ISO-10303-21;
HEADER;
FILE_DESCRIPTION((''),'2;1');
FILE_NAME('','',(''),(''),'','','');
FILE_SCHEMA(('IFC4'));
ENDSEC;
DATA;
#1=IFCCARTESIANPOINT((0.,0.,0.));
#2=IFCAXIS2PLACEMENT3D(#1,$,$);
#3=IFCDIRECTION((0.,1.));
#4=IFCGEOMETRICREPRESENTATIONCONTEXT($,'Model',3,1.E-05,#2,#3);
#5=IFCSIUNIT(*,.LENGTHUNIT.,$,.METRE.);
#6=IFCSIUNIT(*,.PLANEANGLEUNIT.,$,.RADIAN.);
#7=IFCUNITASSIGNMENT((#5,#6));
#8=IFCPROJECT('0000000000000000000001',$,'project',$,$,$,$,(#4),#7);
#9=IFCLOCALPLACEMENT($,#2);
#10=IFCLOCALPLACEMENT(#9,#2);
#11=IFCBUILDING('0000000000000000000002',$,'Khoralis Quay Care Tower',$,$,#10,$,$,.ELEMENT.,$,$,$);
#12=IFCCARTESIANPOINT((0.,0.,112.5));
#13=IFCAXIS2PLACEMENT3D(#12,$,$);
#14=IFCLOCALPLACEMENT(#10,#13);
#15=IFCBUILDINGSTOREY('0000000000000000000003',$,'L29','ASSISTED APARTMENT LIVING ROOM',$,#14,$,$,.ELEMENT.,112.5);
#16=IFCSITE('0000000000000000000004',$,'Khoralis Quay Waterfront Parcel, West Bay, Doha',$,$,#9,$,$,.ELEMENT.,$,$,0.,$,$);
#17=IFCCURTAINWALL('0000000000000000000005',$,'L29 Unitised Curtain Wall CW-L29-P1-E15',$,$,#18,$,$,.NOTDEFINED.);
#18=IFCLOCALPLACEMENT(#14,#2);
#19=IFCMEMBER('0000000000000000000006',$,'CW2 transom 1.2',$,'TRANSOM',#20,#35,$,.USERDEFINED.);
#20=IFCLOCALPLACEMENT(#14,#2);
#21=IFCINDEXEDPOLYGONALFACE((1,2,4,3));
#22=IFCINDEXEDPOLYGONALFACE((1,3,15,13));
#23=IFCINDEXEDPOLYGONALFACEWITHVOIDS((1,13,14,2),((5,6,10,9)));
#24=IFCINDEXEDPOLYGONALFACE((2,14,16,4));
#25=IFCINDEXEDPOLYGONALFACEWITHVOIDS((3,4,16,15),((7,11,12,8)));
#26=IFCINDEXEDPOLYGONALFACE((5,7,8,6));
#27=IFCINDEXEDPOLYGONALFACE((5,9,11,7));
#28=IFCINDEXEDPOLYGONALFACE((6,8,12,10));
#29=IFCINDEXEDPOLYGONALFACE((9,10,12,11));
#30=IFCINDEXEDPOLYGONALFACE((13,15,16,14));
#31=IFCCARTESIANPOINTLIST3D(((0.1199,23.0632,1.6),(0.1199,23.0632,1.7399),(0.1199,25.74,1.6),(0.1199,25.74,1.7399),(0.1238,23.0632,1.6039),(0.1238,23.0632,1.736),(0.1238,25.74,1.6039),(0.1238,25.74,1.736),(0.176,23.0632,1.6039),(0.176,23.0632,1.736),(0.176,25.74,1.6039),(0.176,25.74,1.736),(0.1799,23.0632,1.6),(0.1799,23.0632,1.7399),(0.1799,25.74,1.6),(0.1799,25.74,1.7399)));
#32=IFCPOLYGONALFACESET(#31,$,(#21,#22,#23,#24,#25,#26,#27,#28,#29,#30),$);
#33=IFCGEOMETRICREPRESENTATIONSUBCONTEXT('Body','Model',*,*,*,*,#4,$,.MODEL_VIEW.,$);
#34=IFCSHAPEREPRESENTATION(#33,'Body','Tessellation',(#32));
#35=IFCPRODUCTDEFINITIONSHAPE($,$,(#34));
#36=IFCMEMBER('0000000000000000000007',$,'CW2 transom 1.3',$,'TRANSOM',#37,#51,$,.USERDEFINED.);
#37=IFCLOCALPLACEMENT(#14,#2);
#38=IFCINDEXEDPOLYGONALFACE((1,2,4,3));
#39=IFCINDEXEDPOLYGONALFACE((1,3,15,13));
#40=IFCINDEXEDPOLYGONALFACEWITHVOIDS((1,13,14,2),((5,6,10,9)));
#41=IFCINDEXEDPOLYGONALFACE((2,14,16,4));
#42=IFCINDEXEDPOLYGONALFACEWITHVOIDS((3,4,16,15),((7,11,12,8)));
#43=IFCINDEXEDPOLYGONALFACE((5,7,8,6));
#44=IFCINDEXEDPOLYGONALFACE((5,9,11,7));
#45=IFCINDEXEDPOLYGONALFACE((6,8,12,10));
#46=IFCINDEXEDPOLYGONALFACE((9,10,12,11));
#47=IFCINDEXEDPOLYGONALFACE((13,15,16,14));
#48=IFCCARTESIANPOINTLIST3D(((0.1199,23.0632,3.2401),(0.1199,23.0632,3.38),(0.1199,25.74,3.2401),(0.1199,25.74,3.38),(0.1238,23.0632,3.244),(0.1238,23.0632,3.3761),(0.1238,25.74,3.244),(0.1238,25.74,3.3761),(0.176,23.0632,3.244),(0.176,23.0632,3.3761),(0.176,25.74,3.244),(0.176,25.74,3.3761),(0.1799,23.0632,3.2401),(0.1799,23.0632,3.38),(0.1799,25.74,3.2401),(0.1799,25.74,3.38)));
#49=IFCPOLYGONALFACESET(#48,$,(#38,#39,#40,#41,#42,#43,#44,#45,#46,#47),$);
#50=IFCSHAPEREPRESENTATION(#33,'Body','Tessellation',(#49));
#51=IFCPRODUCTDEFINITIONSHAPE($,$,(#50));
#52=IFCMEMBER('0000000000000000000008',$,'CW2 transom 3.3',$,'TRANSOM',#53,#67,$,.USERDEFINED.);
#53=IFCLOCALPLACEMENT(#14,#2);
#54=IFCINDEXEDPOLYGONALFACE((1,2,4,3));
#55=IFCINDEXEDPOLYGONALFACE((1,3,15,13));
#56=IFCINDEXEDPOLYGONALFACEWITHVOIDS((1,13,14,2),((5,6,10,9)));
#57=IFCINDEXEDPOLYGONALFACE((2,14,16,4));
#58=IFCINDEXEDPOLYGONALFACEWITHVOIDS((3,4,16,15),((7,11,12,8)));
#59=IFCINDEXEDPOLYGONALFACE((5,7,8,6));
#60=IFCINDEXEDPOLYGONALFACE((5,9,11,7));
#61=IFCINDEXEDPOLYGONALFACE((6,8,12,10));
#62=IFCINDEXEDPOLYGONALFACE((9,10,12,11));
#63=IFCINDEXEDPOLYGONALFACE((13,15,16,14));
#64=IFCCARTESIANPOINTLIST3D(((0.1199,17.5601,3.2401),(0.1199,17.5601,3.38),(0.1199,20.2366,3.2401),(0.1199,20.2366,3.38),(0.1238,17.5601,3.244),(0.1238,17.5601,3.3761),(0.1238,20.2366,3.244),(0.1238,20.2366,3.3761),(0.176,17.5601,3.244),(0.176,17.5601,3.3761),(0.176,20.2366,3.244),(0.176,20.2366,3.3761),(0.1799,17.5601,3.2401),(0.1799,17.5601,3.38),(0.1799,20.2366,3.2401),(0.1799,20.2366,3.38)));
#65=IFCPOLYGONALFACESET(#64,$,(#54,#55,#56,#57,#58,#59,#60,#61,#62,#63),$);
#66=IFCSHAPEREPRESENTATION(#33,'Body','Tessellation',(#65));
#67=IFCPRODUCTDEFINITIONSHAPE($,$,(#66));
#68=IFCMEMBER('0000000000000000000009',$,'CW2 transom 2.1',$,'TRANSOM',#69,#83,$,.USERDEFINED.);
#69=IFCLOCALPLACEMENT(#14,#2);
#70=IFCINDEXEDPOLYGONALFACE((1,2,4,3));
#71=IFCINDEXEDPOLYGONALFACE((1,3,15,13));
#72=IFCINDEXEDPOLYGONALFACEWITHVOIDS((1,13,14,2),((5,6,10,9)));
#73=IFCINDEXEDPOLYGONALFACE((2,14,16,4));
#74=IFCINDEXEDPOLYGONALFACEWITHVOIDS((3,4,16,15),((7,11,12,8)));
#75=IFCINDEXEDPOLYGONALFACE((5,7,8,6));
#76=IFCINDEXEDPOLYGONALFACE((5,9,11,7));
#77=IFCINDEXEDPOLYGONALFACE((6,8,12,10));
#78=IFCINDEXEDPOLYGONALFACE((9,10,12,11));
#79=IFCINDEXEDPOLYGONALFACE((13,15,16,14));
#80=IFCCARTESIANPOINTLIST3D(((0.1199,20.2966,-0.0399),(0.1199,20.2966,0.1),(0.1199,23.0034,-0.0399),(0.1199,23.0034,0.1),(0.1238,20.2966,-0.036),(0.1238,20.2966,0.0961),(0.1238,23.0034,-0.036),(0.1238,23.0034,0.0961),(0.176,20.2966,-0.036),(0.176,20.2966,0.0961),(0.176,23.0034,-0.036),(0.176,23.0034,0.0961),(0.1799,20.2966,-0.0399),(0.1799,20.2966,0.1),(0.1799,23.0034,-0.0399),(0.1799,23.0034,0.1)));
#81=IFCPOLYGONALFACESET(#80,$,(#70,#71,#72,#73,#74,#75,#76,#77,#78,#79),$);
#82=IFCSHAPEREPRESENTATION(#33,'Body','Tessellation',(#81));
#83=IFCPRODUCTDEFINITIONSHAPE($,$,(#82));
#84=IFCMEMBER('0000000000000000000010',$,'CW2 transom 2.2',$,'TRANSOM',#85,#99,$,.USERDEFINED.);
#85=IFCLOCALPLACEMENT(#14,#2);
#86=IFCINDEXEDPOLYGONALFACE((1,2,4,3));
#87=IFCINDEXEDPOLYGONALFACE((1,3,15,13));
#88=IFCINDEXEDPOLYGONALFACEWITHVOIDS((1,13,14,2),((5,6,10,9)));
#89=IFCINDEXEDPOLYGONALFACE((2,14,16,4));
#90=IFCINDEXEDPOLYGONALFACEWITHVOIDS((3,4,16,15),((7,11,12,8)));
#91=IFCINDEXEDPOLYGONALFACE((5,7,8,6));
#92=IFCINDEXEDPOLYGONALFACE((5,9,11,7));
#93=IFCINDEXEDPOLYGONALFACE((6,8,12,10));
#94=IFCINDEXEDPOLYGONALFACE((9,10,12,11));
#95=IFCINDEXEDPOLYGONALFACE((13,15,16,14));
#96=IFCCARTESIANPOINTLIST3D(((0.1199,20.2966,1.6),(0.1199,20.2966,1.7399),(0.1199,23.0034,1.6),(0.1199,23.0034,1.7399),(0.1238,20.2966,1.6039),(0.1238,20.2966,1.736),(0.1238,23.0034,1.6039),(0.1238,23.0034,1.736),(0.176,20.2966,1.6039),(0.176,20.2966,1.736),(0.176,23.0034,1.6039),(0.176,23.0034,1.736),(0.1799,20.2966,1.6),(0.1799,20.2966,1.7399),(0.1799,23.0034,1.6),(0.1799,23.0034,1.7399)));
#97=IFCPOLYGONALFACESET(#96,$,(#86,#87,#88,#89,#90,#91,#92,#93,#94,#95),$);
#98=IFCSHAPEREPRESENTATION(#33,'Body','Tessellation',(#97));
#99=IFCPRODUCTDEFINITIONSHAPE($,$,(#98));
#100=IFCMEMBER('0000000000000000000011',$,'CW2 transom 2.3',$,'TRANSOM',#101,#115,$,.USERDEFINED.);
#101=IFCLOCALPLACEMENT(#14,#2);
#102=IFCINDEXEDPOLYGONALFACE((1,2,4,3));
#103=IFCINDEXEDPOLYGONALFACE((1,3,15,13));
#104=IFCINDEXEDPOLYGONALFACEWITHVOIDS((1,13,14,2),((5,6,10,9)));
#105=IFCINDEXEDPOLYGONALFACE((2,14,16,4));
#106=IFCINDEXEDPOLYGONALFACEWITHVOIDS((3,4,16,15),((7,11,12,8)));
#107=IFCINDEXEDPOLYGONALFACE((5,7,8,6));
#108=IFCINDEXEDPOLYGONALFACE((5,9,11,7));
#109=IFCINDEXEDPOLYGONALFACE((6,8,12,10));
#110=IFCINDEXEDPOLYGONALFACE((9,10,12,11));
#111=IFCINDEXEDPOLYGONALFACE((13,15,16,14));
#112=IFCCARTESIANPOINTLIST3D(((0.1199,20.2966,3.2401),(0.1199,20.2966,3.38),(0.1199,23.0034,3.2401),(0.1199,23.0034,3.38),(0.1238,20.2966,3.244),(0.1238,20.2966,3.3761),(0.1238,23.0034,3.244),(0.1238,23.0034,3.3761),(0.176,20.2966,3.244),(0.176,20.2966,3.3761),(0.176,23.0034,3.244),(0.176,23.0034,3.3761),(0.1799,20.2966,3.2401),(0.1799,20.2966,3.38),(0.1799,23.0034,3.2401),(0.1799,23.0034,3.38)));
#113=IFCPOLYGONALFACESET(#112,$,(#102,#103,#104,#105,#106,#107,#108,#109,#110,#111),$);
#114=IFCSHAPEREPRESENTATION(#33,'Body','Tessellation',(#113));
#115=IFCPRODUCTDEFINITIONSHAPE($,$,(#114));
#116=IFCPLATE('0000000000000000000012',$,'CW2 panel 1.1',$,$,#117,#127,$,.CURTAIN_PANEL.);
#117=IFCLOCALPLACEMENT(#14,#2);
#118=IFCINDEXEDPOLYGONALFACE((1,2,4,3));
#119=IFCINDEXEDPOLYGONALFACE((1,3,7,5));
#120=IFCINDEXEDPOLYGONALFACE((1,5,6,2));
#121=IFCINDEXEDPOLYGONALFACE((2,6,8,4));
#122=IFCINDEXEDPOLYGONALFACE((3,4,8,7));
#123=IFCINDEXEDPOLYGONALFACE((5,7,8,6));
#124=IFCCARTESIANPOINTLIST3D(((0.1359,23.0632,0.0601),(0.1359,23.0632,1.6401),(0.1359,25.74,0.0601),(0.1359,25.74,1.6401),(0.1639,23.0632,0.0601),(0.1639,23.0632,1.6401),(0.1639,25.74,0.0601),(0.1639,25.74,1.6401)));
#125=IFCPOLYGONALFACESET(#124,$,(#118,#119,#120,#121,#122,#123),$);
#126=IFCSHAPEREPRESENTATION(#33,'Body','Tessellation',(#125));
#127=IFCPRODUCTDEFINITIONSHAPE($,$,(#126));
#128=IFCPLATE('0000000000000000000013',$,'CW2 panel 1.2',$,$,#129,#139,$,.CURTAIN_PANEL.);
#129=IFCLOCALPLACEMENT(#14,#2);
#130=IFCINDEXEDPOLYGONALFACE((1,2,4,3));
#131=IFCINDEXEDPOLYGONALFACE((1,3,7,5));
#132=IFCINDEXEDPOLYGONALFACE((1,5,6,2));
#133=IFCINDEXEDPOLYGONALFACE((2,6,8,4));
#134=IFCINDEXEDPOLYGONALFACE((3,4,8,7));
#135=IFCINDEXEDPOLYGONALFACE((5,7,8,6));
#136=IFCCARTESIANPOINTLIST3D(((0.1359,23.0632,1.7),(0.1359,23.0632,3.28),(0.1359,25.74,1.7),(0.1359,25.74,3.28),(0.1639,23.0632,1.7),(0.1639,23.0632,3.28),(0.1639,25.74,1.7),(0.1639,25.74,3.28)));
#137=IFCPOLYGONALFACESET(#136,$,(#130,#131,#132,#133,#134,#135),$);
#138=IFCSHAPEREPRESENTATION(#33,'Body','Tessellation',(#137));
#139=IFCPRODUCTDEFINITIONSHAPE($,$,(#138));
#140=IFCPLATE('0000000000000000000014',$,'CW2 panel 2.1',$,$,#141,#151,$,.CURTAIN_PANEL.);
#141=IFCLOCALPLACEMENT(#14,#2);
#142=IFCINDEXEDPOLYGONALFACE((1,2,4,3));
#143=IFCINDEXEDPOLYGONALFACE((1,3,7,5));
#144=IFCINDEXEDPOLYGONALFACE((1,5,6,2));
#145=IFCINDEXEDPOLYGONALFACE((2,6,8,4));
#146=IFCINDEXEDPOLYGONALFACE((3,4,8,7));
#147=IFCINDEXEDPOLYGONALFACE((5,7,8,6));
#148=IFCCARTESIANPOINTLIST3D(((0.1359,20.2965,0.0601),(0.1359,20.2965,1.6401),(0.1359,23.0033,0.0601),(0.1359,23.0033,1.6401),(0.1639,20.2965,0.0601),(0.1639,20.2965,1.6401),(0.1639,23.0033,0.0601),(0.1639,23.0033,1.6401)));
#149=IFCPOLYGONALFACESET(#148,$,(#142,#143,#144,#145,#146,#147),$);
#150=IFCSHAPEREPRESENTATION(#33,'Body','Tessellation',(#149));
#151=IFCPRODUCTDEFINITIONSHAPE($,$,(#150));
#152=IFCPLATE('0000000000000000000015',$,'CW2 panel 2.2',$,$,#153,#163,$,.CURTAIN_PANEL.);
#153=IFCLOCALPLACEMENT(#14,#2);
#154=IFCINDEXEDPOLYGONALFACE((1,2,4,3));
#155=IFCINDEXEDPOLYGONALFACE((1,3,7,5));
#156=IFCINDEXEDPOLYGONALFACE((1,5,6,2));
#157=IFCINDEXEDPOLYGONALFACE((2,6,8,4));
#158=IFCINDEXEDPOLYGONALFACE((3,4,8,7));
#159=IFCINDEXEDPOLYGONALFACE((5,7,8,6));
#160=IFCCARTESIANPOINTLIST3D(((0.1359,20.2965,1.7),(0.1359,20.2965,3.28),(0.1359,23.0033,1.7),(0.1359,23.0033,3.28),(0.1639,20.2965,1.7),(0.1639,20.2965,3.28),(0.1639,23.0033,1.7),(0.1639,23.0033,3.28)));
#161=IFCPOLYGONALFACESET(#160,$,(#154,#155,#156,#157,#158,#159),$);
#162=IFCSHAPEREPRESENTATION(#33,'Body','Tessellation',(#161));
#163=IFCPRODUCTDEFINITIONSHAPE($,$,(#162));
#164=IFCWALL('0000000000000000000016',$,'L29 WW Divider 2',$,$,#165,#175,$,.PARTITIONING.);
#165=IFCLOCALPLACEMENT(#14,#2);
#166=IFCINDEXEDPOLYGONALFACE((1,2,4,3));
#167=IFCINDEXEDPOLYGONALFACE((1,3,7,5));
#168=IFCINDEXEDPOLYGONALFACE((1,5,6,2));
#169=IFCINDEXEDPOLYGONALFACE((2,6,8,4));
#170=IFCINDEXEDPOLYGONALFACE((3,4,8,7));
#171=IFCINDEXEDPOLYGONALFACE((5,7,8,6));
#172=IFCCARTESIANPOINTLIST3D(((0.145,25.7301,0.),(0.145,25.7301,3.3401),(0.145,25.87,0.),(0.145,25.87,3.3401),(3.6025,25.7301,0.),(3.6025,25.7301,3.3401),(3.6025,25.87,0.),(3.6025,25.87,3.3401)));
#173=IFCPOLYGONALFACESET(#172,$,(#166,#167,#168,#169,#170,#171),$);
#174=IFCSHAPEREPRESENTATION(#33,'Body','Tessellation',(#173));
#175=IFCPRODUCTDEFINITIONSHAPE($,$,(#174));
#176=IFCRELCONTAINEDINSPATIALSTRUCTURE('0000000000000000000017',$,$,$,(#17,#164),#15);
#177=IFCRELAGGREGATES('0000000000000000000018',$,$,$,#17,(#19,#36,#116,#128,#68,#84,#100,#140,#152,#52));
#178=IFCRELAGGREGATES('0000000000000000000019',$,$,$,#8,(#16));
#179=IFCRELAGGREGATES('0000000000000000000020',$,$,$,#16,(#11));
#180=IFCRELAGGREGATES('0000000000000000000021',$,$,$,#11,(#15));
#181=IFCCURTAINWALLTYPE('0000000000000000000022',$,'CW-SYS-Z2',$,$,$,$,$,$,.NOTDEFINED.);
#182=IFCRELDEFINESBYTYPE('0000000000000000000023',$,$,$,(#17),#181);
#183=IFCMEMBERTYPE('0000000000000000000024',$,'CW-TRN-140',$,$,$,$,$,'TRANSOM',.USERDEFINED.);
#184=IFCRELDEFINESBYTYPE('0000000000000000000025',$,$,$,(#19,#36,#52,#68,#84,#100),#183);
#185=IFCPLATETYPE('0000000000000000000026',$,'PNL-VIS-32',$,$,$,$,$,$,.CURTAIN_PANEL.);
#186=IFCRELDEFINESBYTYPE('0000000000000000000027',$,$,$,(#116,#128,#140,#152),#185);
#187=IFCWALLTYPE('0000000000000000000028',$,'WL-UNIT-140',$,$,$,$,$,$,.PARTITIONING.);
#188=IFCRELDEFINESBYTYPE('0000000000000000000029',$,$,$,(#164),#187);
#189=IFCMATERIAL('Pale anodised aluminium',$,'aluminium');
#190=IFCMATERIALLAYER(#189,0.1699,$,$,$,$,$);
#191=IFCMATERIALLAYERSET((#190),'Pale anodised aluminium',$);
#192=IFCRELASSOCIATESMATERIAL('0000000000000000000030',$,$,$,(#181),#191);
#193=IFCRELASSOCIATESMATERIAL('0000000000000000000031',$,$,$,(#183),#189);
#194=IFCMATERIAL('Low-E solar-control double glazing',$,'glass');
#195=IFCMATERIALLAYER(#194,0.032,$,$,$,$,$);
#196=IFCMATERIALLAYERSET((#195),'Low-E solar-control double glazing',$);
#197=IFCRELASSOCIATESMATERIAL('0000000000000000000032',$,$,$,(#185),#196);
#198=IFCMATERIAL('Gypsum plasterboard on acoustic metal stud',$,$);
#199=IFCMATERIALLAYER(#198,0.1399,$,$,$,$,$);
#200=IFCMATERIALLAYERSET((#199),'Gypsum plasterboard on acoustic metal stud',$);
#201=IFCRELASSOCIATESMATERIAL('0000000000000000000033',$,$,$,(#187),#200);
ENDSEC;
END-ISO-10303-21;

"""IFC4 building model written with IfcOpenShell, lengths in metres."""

from ifc_helpers import new_model, si_unit, direction, frame, frame_2d, origin, origin_2d, place, context, subcontext, project, spatial, rectangle, hollow_rectangle, extrude, source, transform, mapped, material, layer, layer_set, material_profile, profile_set, type_object, element, aggregate, save


model = new_model("IFC4")

# Units and contexts
model_context = context("Model", 3, precision=1e-05, world=origin(), true_north=direction((0.0, 1.0)))
body_context = subcontext(model_context, "Body", "Model", "MODEL_VIEW")
ifc_project = project(units=[si_unit("LENGTHUNIT", "METRE"), si_unit("PLANEANGLEUNIT", "RADIAN")], contexts=[model_context])

# Site, building, storey
site_placement = place(None, origin())
site = spatial("IfcSite", under=ifc_project, at=site_placement, Name="Khoralis Quay Waterfront Parcel, West Bay, Doha", CompositionType="ELEMENT", RefElevation=0.0)
building_placement = place(site_placement, origin())
building = spatial("IfcBuilding", under=site, at=building_placement, Name="Khoralis Quay Care Tower", CompositionType="ELEMENT")
storey_placement = place(building_placement, frame((0.0, 0.0, 112.5)))
storey = spatial("IfcBuildingStorey", under=building, at=storey_placement, Name="L29", Description="ASSISTED APARTMENT LIVING ROOM", CompositionType="ELEMENT", Elevation=112.5)

# Curtain wall, members, plates
ifc_material_1 = material(Name="Pale anodised aluminium", Category="aluminium")
ifc_layer_1 = layer(ifc_material_1, 0.1699)
ifc_layer_set_1 = layer_set([ifc_layer_1], Name="Pale anodised aluminium")
curtain_wall_type = type_object("IfcCurtainWallType", Name="CW-SYS-Z2", PredefinedType="NOTDEFINED", material=ifc_layer_set_1)
curtain_wall_placement = place(storey_placement, origin())
curtain_wall = element("IfcCurtainWall", 1, at=curtain_wall_placement, inside=storey, type_object=curtain_wall_type, Name="L29 Unitised Curtain Wall CW-L29-P1-E15", PredefinedType="NOTDEFINED")
ifc_material_profile_1 = material_profile(ifc_material_1, hollow_rectangle(XDim=0.0601, YDim=0.1399, WallThickness=0.0039, at=origin_2d()), Name="Pale anodised aluminium")
ifc_profile_set_1 = profile_set([ifc_material_profile_1], Name="Pale anodised aluminium")
member_type_1 = type_object("IfcMemberType", Name="CW-TRN-140", ElementType="TRANSOM", PredefinedType="USERDEFINED", material=ifc_profile_set_1)
shared_shape_1 = source(origin(), body_context, "Body", "SweptSolid", [
    extrude(hollow_rectangle(XDim=0.0601, YDim=0.1399, WallThickness=0.0039, at=origin_2d()), origin(), (0.0, 0.0, 1.0), 2.6768),
])
member_1_placement = place(storey_placement, frame((0.1499, 25.74, 1.6699), z_axis=(0.0, -1.0, 0.0), x_axis=(1.0, 0.0, 0.0)))
member_1 = element("IfcMember", 2, at=member_1_placement, type_object=member_type_1, Name="CW2 transom 1.2", ObjectType="TRANSOM", PredefinedType="USERDEFINED", context=body_context, shape_type="MappedRepresentation", body=[
    mapped(shared_shape_1, transform((0.0, 0.0, 0.0), scale=1.0)),
])
member_2_placement = place(storey_placement, frame((0.1499, 25.74, 3.3101), z_axis=(0.0, -1.0, 0.0), x_axis=(1.0, 0.0, 0.0)))
member_2 = element("IfcMember", 3, at=member_2_placement, type_object=member_type_1, Name="CW2 transom 1.3", ObjectType="TRANSOM", PredefinedType="USERDEFINED", context=body_context, shape_type="MappedRepresentation", body=[
    mapped(shared_shape_1, transform((0.0, 0.0, 0.0), scale=1.0)),
])
shared_shape_2 = source(origin(), body_context, "Body", "SweptSolid", [
    extrude(hollow_rectangle(XDim=0.0601, YDim=0.1399, WallThickness=0.0039, at=origin_2d()), origin(), (0.0, 0.0, 1.0), 2.6765),
])
member_3_placement = place(storey_placement, frame((0.1499, 20.2366, 3.3101), z_axis=(0.0, -1.0, 0.0), x_axis=(1.0, 0.0, 0.0)))
member_3 = element("IfcMember", 4, at=member_3_placement, type_object=member_type_1, Name="CW2 transom 3.3", ObjectType="TRANSOM", PredefinedType="USERDEFINED", context=body_context, shape_type="MappedRepresentation", body=[
    mapped(shared_shape_2, transform((0.0, 0.0, 0.0), scale=1.0)),
])
shared_shape_3 = source(origin(), body_context, "Body", "SweptSolid", [
    extrude(hollow_rectangle(XDim=0.0601, YDim=0.1399, WallThickness=0.0039, at=origin_2d()), origin(), (0.0, 0.0, 1.0), 2.7068),
])
member_4_placement = place(storey_placement, frame((0.1499, 23.0034, 0.03), z_axis=(0.0, -1.0, 0.0), x_axis=(1.0, 0.0, 0.0)))
member_4 = element("IfcMember", 5, at=member_4_placement, type_object=member_type_1, Name="CW2 transom 2.1", ObjectType="TRANSOM", PredefinedType="USERDEFINED", context=body_context, shape_type="MappedRepresentation", body=[
    mapped(shared_shape_3, transform((0.0, 0.0, 0.0), scale=1.0)),
])
member_5_placement = place(storey_placement, frame((0.1499, 23.0034, 1.6699), z_axis=(0.0, -1.0, 0.0), x_axis=(1.0, 0.0, 0.0)))
member_5 = element("IfcMember", 6, at=member_5_placement, type_object=member_type_1, Name="CW2 transom 2.2", ObjectType="TRANSOM", PredefinedType="USERDEFINED", context=body_context, shape_type="MappedRepresentation", body=[
    mapped(shared_shape_3, transform((0.0, 0.0, 0.0), scale=1.0)),
])
member_6_placement = place(storey_placement, frame((0.1499, 23.0034, 3.3101), z_axis=(0.0, -1.0, 0.0), x_axis=(1.0, 0.0, 0.0)))
member_6 = element("IfcMember", 7, at=member_6_placement, type_object=member_type_1, Name="CW2 transom 2.3", ObjectType="TRANSOM", PredefinedType="USERDEFINED", context=body_context, shape_type="MappedRepresentation", body=[
    mapped(shared_shape_3, transform((0.0, 0.0, 0.0), scale=1.0)),
])
ifc_material_2 = material(Name="Low-E solar-control double glazing", Category="glass")
ifc_layer_2 = layer(ifc_material_2, 0.032)
ifc_layer_set_2 = layer_set([ifc_layer_2], Name="Low-E solar-control double glazing")
plate_type = type_object("IfcPlateType", Name="PNL-VIS-32", PredefinedType="CURTAIN_PANEL", material=ifc_layer_set_2)
shared_shape_4 = source(origin(), body_context, "Body", "SweptSolid", [
    extrude(rectangle(XDim=2.6768, YDim=0.0281, at=origin_2d()), origin(), (0.0, 0.0, 1.0), 1.5801),
])
plate_1_placement = place(storey_placement, frame((0.1499, 24.4016, 0.0601), z_axis=(0.0, 0.0, 1.0), x_axis=(0.0, -1.0, 0.0)))
plate_1 = element("IfcPlate", 8, at=plate_1_placement, type_object=plate_type, Name="CW2 panel 1.1", PredefinedType="CURTAIN_PANEL", context=body_context, shape_type="MappedRepresentation", body=[
    mapped(shared_shape_4, transform((0.0, 0.0, 0.0), scale=1.0)),
])
plate_2_placement = place(storey_placement, frame((0.1499, 24.4016, 1.7), z_axis=(0.0, 0.0, 1.0), x_axis=(0.0, -1.0, 0.0)))
plate_2 = element("IfcPlate", 9, at=plate_2_placement, type_object=plate_type, Name="CW2 panel 1.2", PredefinedType="CURTAIN_PANEL", context=body_context, shape_type="MappedRepresentation", body=[
    mapped(shared_shape_4, transform((0.0, 0.0, 0.0), scale=1.0)),
])
shared_shape_5 = source(origin(), body_context, "Body", "SweptSolid", [
    extrude(rectangle(XDim=2.7068, YDim=0.0281, at=origin_2d()), origin(), (0.0, 0.0, 1.0), 1.5801),
])
plate_3_placement = place(storey_placement, frame((0.1499, 21.6499, 0.0601), z_axis=(0.0, 0.0, 1.0), x_axis=(0.0, -1.0, 0.0)))
plate_3 = element("IfcPlate", 10, at=plate_3_placement, type_object=plate_type, Name="CW2 panel 2.1", PredefinedType="CURTAIN_PANEL", context=body_context, shape_type="MappedRepresentation", body=[
    mapped(shared_shape_5, transform((0.0, 0.0, 0.0), scale=1.0)),
])
plate_4_placement = place(storey_placement, frame((0.1499, 21.6499, 1.7), z_axis=(0.0, 0.0, 1.0), x_axis=(0.0, -1.0, 0.0)))
plate_4 = element("IfcPlate", 11, at=plate_4_placement, type_object=plate_type, Name="CW2 panel 2.2", PredefinedType="CURTAIN_PANEL", context=body_context, shape_type="MappedRepresentation", body=[
    mapped(shared_shape_5, transform((0.0, 0.0, 0.0), scale=1.0)),
])
aggregate(curtain_wall, [member_1, member_2, plate_1, plate_2, member_4, member_5, member_6, plate_3, plate_4, member_3])

# Wall
ifc_material_3 = material(Name="Gypsum plasterboard on acoustic metal stud")
ifc_layer_3 = layer(ifc_material_3, 0.1399)
ifc_layer_set_3 = layer_set([ifc_layer_3], Name="Gypsum plasterboard on acoustic metal stud")
wall_type = type_object("IfcWallType", Name="WL-UNIT-140", PredefinedType="PARTITIONING", material=ifc_layer_set_3)
wall_placement = place(storey_placement, frame((0.145, 25.8, 0.0), z_axis=(0.0, 0.0, 1.0), x_axis=(1.0, 0.0, 0.0)))
element("IfcWall", 12, at=wall_placement, inside=storey, type_object=wall_type, Name="L29 WW Divider 2", PredefinedType="PARTITIONING", context=body_context, shape_type="SweptSolid", body=[
    extrude(rectangle(XDim=3.4575, YDim=0.1399, at=frame_2d((1.7288, 0.0))), origin(), (0.0, 0.0, 1.0), 3.3401),
])

save(model, "model.ifc")
